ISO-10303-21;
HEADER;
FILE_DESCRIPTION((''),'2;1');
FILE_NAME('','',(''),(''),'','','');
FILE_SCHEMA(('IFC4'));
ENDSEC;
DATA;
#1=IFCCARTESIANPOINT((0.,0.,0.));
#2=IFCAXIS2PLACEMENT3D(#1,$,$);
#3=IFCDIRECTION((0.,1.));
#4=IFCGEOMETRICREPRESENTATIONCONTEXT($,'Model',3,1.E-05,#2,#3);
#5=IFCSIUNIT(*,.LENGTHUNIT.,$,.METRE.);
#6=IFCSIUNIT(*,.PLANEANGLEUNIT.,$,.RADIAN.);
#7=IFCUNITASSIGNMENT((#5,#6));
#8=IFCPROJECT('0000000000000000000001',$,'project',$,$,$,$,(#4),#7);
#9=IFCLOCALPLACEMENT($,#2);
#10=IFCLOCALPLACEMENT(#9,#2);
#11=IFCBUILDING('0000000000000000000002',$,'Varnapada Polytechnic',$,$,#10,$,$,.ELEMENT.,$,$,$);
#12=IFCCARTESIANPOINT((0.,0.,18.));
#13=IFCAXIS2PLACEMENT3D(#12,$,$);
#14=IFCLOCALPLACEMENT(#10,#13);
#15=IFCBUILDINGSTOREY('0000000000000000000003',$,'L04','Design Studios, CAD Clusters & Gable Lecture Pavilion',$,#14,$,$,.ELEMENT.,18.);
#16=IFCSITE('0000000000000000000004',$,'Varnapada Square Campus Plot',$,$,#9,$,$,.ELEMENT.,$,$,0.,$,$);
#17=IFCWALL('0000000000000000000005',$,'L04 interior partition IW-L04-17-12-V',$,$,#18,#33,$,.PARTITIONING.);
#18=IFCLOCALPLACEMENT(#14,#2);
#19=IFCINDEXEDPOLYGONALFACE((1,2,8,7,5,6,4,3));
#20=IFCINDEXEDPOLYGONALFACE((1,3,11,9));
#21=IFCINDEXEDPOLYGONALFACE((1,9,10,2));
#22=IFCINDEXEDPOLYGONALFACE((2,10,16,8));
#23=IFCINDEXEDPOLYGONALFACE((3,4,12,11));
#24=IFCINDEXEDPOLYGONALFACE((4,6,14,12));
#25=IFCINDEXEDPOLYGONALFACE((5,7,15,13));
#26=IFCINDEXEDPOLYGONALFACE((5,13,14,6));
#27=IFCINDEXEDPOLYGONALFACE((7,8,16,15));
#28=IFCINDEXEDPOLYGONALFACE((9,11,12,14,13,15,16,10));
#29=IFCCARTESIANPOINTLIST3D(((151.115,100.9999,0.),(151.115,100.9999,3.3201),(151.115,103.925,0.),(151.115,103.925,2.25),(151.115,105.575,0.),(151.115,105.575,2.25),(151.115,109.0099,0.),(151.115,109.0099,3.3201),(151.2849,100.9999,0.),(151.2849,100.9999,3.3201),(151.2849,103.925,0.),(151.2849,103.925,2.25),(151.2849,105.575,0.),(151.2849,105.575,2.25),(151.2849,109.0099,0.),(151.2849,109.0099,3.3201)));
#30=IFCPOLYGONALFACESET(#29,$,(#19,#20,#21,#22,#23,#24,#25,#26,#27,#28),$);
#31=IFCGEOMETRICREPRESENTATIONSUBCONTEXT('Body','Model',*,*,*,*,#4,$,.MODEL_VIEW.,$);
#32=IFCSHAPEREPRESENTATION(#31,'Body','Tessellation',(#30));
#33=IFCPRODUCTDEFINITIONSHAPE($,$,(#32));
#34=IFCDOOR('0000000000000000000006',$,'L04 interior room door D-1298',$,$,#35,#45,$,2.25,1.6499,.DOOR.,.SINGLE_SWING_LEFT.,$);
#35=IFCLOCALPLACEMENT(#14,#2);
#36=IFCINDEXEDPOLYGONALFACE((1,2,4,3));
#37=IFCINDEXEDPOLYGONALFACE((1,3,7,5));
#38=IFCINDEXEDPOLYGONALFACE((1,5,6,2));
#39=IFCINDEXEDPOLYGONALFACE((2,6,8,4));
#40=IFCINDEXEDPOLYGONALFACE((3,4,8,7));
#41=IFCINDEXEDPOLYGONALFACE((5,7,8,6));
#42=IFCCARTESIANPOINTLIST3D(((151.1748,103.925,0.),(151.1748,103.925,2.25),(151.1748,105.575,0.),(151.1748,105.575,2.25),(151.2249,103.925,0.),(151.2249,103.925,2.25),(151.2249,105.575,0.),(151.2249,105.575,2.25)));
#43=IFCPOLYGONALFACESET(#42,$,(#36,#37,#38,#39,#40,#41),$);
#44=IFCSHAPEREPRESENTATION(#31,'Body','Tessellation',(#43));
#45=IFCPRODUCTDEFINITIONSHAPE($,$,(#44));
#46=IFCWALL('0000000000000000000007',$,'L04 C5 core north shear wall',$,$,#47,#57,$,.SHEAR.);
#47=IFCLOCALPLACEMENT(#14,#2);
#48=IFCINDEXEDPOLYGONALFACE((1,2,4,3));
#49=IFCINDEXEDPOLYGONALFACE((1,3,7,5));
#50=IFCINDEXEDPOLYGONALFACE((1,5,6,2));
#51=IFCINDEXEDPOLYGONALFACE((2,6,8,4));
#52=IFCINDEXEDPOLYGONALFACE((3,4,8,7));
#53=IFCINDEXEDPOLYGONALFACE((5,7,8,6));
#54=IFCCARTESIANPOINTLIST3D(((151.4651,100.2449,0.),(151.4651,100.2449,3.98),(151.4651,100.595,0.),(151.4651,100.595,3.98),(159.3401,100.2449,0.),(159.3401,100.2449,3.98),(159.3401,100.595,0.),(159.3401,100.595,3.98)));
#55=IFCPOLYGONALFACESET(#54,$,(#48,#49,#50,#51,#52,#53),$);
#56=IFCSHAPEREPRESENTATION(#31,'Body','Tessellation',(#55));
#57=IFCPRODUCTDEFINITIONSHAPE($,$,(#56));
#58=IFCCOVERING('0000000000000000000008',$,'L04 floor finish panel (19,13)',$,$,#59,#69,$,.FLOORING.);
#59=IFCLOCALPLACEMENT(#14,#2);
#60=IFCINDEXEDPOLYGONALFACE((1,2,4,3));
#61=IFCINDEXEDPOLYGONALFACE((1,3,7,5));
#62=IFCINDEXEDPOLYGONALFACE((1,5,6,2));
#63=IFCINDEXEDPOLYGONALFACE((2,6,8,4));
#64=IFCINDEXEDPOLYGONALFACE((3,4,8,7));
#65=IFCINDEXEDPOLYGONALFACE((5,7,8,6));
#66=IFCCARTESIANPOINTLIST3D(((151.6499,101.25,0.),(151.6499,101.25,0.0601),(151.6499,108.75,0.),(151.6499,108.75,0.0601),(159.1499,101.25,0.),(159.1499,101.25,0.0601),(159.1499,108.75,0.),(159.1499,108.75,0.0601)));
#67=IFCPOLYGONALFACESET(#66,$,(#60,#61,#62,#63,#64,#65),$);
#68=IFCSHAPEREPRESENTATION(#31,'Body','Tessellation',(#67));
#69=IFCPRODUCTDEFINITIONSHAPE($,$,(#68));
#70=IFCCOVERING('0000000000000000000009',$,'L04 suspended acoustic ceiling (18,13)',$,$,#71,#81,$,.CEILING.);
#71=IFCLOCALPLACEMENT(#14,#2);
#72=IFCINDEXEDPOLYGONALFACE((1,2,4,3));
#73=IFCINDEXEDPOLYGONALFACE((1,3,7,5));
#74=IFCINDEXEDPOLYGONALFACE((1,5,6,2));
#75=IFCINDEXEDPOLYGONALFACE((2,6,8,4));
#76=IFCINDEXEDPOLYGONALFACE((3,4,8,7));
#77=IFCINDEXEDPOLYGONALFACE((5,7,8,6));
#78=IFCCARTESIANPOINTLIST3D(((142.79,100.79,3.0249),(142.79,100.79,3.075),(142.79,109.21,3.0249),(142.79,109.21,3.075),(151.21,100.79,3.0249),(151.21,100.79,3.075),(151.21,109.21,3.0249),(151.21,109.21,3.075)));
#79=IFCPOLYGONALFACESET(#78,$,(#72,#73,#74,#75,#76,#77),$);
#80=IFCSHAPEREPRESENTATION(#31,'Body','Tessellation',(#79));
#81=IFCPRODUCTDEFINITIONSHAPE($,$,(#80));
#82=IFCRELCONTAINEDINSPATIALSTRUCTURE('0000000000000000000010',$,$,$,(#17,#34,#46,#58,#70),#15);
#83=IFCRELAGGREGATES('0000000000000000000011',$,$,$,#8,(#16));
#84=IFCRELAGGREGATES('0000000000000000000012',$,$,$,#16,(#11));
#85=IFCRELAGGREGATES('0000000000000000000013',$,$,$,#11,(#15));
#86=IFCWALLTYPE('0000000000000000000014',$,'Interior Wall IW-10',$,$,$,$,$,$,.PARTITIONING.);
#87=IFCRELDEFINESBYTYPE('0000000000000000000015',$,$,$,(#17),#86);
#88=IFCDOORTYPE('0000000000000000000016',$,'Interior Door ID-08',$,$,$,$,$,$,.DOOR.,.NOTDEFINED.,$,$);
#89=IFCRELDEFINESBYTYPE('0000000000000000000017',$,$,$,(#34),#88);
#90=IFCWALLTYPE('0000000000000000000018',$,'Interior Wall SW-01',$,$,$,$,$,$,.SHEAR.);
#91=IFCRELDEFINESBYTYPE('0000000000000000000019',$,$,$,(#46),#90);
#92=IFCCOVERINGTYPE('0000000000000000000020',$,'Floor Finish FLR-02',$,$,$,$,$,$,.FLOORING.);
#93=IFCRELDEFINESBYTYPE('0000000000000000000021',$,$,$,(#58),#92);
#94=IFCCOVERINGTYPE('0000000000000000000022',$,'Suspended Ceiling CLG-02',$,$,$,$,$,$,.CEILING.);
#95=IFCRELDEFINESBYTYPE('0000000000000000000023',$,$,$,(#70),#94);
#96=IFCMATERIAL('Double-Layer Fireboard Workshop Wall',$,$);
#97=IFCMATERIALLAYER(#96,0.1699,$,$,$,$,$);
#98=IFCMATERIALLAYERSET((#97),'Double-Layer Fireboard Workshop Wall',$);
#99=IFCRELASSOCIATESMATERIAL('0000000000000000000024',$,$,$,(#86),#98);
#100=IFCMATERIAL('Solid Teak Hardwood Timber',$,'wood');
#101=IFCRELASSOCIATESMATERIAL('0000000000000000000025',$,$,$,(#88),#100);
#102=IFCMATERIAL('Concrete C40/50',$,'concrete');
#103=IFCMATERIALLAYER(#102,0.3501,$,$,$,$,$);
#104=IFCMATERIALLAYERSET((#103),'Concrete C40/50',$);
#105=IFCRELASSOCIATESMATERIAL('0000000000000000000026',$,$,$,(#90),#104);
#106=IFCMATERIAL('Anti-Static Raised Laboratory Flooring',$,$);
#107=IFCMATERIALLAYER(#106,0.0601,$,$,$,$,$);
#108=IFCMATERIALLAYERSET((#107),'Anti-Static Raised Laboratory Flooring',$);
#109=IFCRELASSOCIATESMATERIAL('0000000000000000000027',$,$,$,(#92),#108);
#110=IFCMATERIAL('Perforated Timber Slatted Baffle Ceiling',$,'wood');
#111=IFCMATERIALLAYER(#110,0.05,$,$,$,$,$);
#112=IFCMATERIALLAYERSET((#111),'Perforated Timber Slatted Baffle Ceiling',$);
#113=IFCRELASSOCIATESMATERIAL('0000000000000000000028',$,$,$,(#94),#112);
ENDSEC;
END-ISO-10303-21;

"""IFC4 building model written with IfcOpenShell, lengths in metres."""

from ifc_helpers import new_model, si_unit, direction, frame, frame_2d, origin, origin_2d, place, context, subcontext, project, spatial, rectangle, extrude, material, layer, layer_set, type_object, element, fill, save


model = new_model("IFC4")

# Units and contexts
model_context = context("Model", 3, precision=1e-05, world=origin(), true_north=direction((0.0, 1.0)))
body_context = subcontext(model_context, "Body", "Model", "MODEL_VIEW")
ifc_project = project(units=[si_unit("LENGTHUNIT", "METRE"), si_unit("PLANEANGLEUNIT", "RADIAN")], contexts=[model_context])

# Site, building, storey
site_placement = place(None, origin())
site = spatial("IfcSite", under=ifc_project, at=site_placement, Name="Varnapada Square Campus Plot", CompositionType="ELEMENT", RefElevation=0.0)
building_placement = place(site_placement, origin())
building = spatial("IfcBuilding", under=site, at=building_placement, Name="Varnapada Polytechnic", CompositionType="ELEMENT")
storey_placement = place(building_placement, frame((0.0, 0.0, 18.0)))
storey = spatial("IfcBuildingStorey", under=building, at=storey_placement, Name="L04", Description="Design Studios, CAD Clusters & Gable Lecture Pavilion", CompositionType="ELEMENT", Elevation=18.0)

# Wall, opening, door
ifc_material_1 = material(Name="Double-Layer Fireboard Workshop Wall")
ifc_layer_1 = layer(ifc_material_1, 0.1699)
ifc_layer_set_1 = layer_set([ifc_layer_1], Name="Double-Layer Fireboard Workshop Wall")
wall_type_1 = type_object("IfcWallType", Name="Interior Wall IW-10", PredefinedType="PARTITIONING", material=ifc_layer_set_1)
wall_1_placement = place(storey_placement, frame((151.2, 101.0, 0.0), z_axis=(0.0, 0.0, 1.0), x_axis=(0.0, 1.0, 0.0)))
wall_1 = element("IfcWall", 1, at=wall_1_placement, inside=storey, type_object=wall_type_1, Name="L04 interior partition IW-L04-17-12-V", PredefinedType="PARTITIONING", context=body_context, shape_type="SweptSolid", body=[
    extrude(rectangle(XDim=8.01, YDim=0.1699, at=frame_2d((4.0049, 0.0))), origin(), (0.0, 0.0, 1.0), 3.3201),
])
opening_placement = place(wall_1_placement, frame((2.925, 0.0, 0.0)))
opening = element("IfcOpeningElement", 2, at=opening_placement, cuts=wall_1, PredefinedType="OPENING", context=body_context, shape_type="SweptSolid", body=[
    extrude(rectangle(XDim=1.6499, YDim=2.25, at=frame_2d((0.825, 1.125))), frame((0.0, 0.095, 0.0), z_axis=(0.0, -1.0, 0.0), x_axis=(1.0, 0.0, 0.0)), (0.0, 0.0, 1.0), 0.1899),
])
ifc_material_2 = material(Name="Solid Teak Hardwood Timber", Category="wood")
door_type = type_object("IfcDoorType", Name="Interior Door ID-08", OperationType="NOTDEFINED", PredefinedType="DOOR", material=ifc_material_2)
door_placement = place(opening_placement, frame((1.6499, 0.0, 0.0), z_axis=(0.0, 0.0, 1.0), x_axis=(-1.0, 0.0, 0.0)))
door = element("IfcDoor", 3, at=door_placement, inside=storey, type_object=door_type, Name="L04 interior room door D-1298", OperationType="SINGLE_SWING_LEFT", OverallHeight=2.25, OverallWidth=1.6499, PredefinedType="DOOR", context=body_context, shape_type="SweptSolid", body=[
    extrude(rectangle(XDim=1.6499, YDim=2.25, at=frame_2d((0.825, 1.125))), frame((0.0, 0.0249, 0.0), z_axis=(0.0, -1.0, 0.0), x_axis=(1.0, 0.0, 0.0)), (0.0, 0.0, 1.0), 0.05),
])
fill(opening, door)

# Wall
ifc_material_3 = material(Name="Concrete C40/50", Category="concrete")
ifc_layer_2 = layer(ifc_material_3, 0.3501)
ifc_layer_set_2 = layer_set([ifc_layer_2], Name="Concrete C40/50")
wall_type_2 = type_object("IfcWallType", Name="Interior Wall SW-01", PredefinedType="SHEAR", material=ifc_layer_set_2)
wall_2_placement = place(storey_placement, frame((151.4651, 100.4199, 0.0), z_axis=(0.0, 0.0, 1.0), x_axis=(1.0, 0.0, 0.0)))
element("IfcWall", 4, at=wall_2_placement, inside=storey, type_object=wall_type_2, Name="L04 C5 core north shear wall", PredefinedType="SHEAR", context=body_context, shape_type="SweptSolid", body=[
    extrude(rectangle(XDim=7.875, YDim=0.3501, at=frame_2d((3.9375, 0.0))), origin(), (0.0, 0.0, 1.0), 3.98),
])

# Coverings
ifc_material_4 = material(Name="Anti-Static Raised Laboratory Flooring")
ifc_layer_3 = layer(ifc_material_4, 0.0601)
ifc_layer_set_3 = layer_set([ifc_layer_3], Name="Anti-Static Raised Laboratory Flooring")
covering_type_1 = type_object("IfcCoveringType", Name="Floor Finish FLR-02", PredefinedType="FLOORING", material=ifc_layer_set_3)
covering_1_placement = place(storey_placement, frame((155.3999, 105.0, 0.0), z_axis=(0.0, 0.0, 1.0), x_axis=(1.0, 0.0, 0.0)))
element("IfcCovering", 5, at=covering_1_placement, inside=storey, type_object=covering_type_1, Name="L04 floor finish panel (19,13)", PredefinedType="FLOORING", context=body_context, shape_type="SweptSolid", body=[
    extrude(rectangle(XDim=7.5, YDim=7.5, at=origin_2d()), origin(), (0.0, 0.0, 1.0), 0.0601),
])
ifc_material_5 = material(Name="Perforated Timber Slatted Baffle Ceiling", Category="wood")
ifc_layer_4 = layer(ifc_material_5, 0.05)
ifc_layer_set_4 = layer_set([ifc_layer_4], Name="Perforated Timber Slatted Baffle Ceiling")
covering_type_2 = type_object("IfcCoveringType", Name="Suspended Ceiling CLG-02", PredefinedType="CEILING", material=ifc_layer_set_4)
covering_2_placement = place(storey_placement, frame((147.0, 105.0, 3.0249), z_axis=(0.0, 0.0, 1.0), x_axis=(1.0, 0.0, 0.0)))
element("IfcCovering", 6, at=covering_2_placement, inside=storey, type_object=covering_type_2, Name="L04 suspended acoustic ceiling (18,13)", PredefinedType="CEILING", context=body_context, shape_type="SweptSolid", body=[
    extrude(rectangle(XDim=8.4199, YDim=8.4199, at=origin_2d()), origin(), (0.0, 0.0, 1.0), 0.05),
])

save(model, "model.ifc")
